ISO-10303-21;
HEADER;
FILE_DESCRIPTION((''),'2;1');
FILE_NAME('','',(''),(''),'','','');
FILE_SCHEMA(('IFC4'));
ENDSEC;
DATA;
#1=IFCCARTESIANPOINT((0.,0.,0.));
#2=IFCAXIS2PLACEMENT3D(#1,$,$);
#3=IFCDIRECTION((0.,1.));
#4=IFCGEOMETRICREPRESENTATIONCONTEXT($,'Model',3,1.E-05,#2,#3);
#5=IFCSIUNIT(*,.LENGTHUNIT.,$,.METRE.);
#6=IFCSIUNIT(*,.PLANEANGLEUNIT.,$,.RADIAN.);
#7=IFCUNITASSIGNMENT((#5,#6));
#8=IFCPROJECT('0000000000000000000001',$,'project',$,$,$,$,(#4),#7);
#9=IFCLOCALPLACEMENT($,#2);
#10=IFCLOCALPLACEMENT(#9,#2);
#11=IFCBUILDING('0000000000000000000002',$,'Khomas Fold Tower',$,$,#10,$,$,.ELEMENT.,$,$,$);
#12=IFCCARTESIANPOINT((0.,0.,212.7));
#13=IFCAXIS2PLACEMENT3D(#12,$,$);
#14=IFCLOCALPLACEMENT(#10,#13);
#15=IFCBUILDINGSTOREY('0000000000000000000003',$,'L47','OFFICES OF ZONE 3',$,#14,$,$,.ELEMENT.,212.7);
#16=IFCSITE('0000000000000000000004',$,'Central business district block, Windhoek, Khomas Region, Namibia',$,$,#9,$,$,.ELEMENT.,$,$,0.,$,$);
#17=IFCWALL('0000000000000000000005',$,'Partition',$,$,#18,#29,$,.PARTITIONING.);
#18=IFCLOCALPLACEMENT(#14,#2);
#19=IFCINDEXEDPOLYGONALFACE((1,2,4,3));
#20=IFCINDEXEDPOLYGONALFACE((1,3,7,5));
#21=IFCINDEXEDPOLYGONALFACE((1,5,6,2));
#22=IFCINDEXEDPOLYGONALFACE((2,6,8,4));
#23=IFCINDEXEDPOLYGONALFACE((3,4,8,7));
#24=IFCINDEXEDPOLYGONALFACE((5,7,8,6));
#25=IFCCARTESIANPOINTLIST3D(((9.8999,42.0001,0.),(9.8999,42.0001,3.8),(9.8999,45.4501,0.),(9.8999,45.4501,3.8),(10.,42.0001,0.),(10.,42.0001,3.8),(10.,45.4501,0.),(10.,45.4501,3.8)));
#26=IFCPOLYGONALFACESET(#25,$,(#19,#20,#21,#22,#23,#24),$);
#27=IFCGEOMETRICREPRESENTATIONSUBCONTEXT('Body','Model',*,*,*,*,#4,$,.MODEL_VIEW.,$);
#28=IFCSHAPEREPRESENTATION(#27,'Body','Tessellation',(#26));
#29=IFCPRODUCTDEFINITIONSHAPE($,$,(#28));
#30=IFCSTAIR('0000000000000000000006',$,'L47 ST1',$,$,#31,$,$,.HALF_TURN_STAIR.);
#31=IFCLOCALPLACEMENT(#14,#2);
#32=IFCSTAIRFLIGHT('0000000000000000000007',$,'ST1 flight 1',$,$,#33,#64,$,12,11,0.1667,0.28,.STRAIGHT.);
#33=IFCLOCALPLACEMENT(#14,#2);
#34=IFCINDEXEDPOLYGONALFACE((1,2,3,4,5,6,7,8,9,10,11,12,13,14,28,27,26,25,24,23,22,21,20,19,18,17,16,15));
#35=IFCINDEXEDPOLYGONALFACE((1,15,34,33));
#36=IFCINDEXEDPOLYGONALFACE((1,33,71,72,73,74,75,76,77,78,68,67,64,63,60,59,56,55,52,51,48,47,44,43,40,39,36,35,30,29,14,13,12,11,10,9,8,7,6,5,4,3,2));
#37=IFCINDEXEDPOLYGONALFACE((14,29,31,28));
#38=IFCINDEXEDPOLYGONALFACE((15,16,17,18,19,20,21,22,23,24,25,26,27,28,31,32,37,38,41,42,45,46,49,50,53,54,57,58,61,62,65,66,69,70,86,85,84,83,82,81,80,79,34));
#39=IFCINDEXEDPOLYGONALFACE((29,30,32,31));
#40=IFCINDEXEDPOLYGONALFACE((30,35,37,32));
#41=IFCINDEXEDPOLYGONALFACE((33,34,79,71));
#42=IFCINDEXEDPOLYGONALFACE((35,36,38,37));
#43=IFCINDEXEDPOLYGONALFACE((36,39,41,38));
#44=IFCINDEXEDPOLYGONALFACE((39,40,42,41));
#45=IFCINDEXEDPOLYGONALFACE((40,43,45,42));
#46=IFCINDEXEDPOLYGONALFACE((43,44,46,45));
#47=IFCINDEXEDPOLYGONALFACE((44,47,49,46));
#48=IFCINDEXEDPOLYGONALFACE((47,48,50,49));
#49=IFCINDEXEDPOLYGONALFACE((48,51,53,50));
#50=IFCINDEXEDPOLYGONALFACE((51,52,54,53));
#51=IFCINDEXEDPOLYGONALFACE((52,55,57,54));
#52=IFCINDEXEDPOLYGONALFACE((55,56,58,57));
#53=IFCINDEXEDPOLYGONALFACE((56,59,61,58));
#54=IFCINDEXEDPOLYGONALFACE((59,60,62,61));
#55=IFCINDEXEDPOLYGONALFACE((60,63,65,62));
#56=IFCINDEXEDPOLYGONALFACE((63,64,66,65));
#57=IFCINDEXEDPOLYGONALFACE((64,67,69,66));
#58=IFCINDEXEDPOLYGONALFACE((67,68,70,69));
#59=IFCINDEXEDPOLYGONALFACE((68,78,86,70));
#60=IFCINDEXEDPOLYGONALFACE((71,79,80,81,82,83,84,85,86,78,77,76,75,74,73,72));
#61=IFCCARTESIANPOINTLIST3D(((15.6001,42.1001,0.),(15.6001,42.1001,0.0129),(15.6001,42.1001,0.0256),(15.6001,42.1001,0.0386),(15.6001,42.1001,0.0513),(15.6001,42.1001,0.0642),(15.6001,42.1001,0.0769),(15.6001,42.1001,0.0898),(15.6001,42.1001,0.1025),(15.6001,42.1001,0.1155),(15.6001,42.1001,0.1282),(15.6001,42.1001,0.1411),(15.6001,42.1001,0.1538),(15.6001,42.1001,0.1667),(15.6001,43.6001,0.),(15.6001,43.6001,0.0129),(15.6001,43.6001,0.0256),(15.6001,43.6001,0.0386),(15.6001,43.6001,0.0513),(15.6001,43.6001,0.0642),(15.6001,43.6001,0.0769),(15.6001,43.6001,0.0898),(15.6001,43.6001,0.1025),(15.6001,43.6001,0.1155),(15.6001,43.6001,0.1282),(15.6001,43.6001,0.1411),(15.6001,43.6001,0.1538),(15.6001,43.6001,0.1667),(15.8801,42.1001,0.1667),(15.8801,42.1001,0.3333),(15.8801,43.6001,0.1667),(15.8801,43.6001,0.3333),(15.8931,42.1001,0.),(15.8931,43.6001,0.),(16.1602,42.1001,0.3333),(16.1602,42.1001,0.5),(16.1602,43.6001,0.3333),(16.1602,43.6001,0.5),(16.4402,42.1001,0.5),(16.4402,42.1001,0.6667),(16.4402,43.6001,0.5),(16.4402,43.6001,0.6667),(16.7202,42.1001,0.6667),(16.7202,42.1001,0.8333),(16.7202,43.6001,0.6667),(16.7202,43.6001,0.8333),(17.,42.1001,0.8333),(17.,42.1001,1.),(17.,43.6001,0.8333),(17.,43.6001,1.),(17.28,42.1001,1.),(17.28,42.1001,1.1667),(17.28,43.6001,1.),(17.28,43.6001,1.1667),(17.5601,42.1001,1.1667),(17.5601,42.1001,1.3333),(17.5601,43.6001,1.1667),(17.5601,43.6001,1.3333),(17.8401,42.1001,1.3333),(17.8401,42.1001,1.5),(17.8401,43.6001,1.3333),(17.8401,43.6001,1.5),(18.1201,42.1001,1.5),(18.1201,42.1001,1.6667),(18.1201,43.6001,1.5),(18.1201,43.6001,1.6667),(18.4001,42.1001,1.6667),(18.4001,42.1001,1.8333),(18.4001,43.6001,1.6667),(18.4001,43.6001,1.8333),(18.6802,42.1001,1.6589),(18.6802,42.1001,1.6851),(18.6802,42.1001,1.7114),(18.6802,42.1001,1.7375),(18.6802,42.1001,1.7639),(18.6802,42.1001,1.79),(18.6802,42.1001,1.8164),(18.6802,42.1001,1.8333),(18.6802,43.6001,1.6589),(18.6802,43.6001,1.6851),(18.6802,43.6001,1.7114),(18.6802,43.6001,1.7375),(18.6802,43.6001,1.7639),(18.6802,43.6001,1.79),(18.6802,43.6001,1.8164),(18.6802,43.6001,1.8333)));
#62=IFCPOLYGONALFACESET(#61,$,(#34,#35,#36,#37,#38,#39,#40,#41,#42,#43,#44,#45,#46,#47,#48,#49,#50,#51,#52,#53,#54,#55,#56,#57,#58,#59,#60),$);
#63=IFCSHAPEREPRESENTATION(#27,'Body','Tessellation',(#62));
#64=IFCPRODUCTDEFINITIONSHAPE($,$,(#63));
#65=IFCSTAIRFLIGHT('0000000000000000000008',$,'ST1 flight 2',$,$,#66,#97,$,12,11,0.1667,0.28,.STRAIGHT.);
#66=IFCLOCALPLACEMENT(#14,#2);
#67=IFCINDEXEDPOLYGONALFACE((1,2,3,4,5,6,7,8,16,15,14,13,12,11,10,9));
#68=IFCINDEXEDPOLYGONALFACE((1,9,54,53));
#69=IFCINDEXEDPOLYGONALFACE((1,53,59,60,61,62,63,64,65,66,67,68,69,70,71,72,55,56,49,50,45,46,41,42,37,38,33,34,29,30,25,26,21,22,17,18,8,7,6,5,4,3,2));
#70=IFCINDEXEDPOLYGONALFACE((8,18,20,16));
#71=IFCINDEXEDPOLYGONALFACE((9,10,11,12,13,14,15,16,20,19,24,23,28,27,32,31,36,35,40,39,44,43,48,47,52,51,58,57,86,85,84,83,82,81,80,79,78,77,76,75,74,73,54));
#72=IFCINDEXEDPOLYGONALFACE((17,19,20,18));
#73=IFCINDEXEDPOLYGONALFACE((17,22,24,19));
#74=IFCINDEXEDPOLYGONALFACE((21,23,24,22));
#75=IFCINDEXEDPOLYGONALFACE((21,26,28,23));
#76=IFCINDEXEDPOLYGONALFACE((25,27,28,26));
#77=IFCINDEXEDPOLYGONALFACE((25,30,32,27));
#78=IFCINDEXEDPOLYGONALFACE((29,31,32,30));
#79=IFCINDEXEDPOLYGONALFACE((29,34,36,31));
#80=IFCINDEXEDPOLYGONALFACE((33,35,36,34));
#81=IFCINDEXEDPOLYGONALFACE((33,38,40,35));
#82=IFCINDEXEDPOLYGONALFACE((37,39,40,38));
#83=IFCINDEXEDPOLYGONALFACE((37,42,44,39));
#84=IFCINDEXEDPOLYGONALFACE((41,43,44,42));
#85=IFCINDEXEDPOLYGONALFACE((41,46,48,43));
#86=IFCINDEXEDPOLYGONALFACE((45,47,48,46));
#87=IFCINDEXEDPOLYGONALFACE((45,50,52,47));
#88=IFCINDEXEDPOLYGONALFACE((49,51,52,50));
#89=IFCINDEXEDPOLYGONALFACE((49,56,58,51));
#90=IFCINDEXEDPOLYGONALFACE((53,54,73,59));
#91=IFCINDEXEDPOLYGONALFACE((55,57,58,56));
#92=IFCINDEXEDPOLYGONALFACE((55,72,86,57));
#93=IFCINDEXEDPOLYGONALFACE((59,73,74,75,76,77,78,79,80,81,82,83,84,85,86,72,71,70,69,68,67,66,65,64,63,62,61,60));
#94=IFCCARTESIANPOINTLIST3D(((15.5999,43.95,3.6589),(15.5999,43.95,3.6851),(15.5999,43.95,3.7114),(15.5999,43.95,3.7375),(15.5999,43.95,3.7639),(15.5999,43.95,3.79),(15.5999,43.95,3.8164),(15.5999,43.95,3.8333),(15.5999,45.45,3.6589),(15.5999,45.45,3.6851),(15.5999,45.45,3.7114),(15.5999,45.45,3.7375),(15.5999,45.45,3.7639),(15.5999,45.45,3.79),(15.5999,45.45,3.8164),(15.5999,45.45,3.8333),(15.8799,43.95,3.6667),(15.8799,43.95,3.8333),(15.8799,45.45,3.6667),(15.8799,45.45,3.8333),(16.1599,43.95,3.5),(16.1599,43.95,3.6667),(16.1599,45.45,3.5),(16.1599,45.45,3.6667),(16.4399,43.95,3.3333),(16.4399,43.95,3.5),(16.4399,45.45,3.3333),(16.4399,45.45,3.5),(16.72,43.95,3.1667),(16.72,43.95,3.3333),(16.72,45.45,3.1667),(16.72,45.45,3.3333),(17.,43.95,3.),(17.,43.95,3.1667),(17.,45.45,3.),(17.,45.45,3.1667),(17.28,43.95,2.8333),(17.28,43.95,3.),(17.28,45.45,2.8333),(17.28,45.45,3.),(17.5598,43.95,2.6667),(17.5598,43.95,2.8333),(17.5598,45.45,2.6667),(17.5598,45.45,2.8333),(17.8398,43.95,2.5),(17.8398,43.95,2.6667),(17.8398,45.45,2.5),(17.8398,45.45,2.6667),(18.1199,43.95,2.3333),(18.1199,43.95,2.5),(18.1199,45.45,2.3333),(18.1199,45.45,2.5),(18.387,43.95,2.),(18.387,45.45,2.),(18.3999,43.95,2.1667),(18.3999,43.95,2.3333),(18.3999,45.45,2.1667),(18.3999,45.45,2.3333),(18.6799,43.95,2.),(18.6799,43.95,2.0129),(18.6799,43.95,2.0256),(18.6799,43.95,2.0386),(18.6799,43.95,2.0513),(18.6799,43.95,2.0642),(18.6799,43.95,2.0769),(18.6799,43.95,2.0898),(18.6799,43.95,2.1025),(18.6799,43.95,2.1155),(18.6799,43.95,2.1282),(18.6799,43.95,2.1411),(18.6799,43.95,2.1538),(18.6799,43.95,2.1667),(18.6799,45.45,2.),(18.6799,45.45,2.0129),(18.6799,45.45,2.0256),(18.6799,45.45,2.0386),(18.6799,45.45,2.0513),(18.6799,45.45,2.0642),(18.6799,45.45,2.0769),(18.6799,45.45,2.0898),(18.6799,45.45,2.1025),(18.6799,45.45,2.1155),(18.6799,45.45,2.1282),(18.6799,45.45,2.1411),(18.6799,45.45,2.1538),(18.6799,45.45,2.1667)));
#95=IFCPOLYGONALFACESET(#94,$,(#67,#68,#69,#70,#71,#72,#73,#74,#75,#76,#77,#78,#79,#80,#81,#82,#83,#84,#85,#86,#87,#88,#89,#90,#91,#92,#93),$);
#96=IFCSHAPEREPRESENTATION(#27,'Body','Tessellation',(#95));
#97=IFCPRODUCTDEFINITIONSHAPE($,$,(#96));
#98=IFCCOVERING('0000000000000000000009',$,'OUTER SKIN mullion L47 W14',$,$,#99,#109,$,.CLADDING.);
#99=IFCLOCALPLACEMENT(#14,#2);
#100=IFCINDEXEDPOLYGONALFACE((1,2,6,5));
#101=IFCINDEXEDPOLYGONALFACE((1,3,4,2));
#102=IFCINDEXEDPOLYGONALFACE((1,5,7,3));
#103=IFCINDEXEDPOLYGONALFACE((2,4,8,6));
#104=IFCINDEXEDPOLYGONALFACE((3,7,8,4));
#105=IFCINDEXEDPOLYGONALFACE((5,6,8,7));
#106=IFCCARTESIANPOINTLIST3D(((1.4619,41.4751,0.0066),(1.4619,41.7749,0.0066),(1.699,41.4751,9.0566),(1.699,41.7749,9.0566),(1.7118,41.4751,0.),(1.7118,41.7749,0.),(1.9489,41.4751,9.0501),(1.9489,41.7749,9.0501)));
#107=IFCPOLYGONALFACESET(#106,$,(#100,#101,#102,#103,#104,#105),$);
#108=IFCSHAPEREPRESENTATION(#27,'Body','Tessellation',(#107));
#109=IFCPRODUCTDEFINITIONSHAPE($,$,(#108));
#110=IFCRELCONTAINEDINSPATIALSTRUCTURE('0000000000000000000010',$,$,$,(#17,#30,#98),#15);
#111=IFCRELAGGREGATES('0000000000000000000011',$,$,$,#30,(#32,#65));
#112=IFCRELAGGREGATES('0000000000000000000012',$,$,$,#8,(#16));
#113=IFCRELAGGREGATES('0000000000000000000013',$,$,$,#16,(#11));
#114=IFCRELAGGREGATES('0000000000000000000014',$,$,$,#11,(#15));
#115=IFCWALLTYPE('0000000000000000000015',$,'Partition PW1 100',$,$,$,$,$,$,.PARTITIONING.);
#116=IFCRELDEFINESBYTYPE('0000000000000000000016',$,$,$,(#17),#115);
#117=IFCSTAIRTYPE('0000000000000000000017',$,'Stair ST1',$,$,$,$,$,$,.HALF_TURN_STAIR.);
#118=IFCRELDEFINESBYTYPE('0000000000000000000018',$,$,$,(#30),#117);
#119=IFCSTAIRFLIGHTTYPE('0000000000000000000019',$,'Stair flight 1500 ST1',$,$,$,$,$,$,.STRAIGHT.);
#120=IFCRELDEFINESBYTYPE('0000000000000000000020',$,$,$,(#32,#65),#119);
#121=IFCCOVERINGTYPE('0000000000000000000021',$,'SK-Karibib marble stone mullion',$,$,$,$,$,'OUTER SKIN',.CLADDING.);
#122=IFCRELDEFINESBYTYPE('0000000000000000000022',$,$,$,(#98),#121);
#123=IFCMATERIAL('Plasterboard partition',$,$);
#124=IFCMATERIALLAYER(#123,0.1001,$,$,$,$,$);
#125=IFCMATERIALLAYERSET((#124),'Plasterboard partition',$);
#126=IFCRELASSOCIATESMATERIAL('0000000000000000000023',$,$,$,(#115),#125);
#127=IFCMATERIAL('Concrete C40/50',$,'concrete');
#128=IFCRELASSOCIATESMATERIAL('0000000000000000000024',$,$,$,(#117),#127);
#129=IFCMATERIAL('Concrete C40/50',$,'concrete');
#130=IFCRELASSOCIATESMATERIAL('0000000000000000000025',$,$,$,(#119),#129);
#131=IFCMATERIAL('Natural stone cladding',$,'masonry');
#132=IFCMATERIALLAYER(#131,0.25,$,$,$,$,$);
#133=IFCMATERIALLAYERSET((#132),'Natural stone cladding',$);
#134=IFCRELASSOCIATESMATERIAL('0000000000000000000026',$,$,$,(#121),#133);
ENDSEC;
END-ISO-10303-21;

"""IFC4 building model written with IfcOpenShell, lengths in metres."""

from ifc_helpers import new_model, si_unit, direction, frame, frame_2d, origin, place, context, subcontext, project, spatial, polyline, rectangle, outline, extrude, source, transform, mapped, material, layer, layer_set, type_object, element, aggregate, save


model = new_model("IFC4")

# Units and contexts
model_context = context("Model", 3, precision=1e-05, world=origin(), true_north=direction((0.0, 1.0)))
body_context = subcontext(model_context, "Body", "Model", "MODEL_VIEW")
ifc_project = project(units=[si_unit("LENGTHUNIT", "METRE"), si_unit("PLANEANGLEUNIT", "RADIAN")], contexts=[model_context])

# Site, building, storey
site_placement = place(None, origin())
site = spatial("IfcSite", under=ifc_project, at=site_placement, Name="Central business district block, Windhoek, Khomas Region, Namibia", CompositionType="ELEMENT", RefElevation=0.0)
building_placement = place(site_placement, origin())
building = spatial("IfcBuilding", under=site, at=building_placement, Name="Khomas Fold Tower", CompositionType="ELEMENT")
storey_placement = place(building_placement, frame((0.0, 0.0, 212.7)))
storey = spatial("IfcBuildingStorey", under=building, at=storey_placement, Name="L47", Description="OFFICES OF ZONE 3", CompositionType="ELEMENT", Elevation=212.7)

# Wall
ifc_material_1 = material(Name="Plasterboard partition")
ifc_layer_1 = layer(ifc_material_1, 0.1001)
ifc_layer_set_1 = layer_set([ifc_layer_1], Name="Plasterboard partition")
wall_type_1 = type_object("IfcWallType", Name="Partition PW1 100", PredefinedType="PARTITIONING", material=ifc_layer_set_1)
shared_shape_1 = source(origin(), body_context, "Body", "SweptSolid", [
    extrude(rectangle(XDim=3.45, YDim=0.1001, at=frame_2d((1.7251, 0.0))), origin(), (0.0, 0.0, 1.0), 3.8),
])
wall_1_placement = place(storey_placement, frame((9.95, 42.0, 0.0), z_axis=(0.0, 0.0, 1.0), x_axis=(0.0, 1.0, 0.0)))
element("IfcWall", 1, at=wall_1_placement, inside=storey, type_object=wall_type_1, Name="Partition", PredefinedType="PARTITIONING", context=body_context, shape_type="MappedRepresentation", body=[
    mapped(shared_shape_1, transform((0.0, 0.0, 0.0))),
])

# Stair, stair flights
ifc_material_2 = material(Name="Concrete C40/50", Category="concrete")
stair_type = type_object("IfcStairType", Name="Stair ST1", PredefinedType="HALF_TURN_STAIR", material=ifc_material_2)
stair_placement = place(storey_placement, origin())
stair = element("IfcStair", 2, at=stair_placement, inside=storey, type_object=stair_type, Name="L47 ST1", PredefinedType="HALF_TURN_STAIR")
ifc_material_3 = material(Name="Concrete C40/50", Category="concrete")
stair_flight_type = type_object("IfcStairFlightType", Name="Stair flight 1500 ST1", PredefinedType="STRAIGHT", material=ifc_material_3)
shared_shape_2 = source(origin(), body_context, "Body", "SweptSolid", [
    extrude(outline(polyline([(0.0, 0.0), (0.0, 0.0129), (0.0, 0.0256), (0.0, 0.0386), (0.0, 0.0513), (0.0, 0.0642), (0.0, 0.0769), (0.0, 0.0898), (0.0, 0.1025), (0.0, 0.1155), (0.0, 0.1282), (0.0, 0.1411), (0.0, 0.1538), (0.0, 0.1667), (0.28, 0.1667), (0.28, 0.3333), (0.5601, 0.3333), (0.5601, 0.5), (0.8401, 0.5), (0.8401, 0.6667), (1.1201, 0.6667), (1.1201, 0.8333), (1.3999, 0.8333), (1.3999, 1.0), (1.6799, 1.0), (1.6799, 1.1667), (1.96, 1.1667), (1.96, 1.3333), (2.24, 1.3333), (2.24, 1.5), (2.52, 1.5), (2.52, 1.6667), (2.8, 1.6667), (2.8, 1.8333), (3.0801, 1.8333), (3.0801, 2.0), (3.0801, 1.9739), (3.0801, 1.9475), (3.0801, 1.9214), (3.0801, 1.895), (3.0801, 1.8689), (3.0801, 1.8425), (3.0801, 1.8164), (3.0801, 1.79), (3.0801, 1.7639), (3.0801, 1.7375), (3.0801, 1.7114), (3.0801, 1.6851), (3.0801, 1.6589), (0.293, 0.0), (0.0, 0.0)])), frame((0.0, 0.75, 0.0), z_axis=(0.0, -1.0, 0.0), x_axis=(1.0, 0.0, 0.0)), (0.0, 0.0, 1.0), 1.5),
])
stair_flight_1_placement = place(storey_placement, frame((15.6001, 42.8501, 0.0), z_axis=(0.0, 0.0, 1.0), x_axis=(1.0, 0.0, 0.0)))
stair_flight_1 = element("IfcStairFlight", 3, at=stair_flight_1_placement, type_object=stair_flight_type, Name="ST1 flight 1", NumberOfRisers=12, NumberOfTreads=11, PredefinedType="STRAIGHT", RiserHeight=0.1667, TreadLength=0.28, context=body_context, shape_type="MappedRepresentation", body=[
    mapped(shared_shape_2, transform((0.0, 0.0, 0.0))),
])
stair_flight_2_placement = place(storey_placement, frame((18.6799, 44.7, 2.0), z_axis=(0.0, 0.0, 1.0), x_axis=(-1.0, 0.0, 0.0)))
stair_flight_2 = element("IfcStairFlight", 4, at=stair_flight_2_placement, type_object=stair_flight_type, Name="ST1 flight 2", NumberOfRisers=12, NumberOfTreads=11, PredefinedType="STRAIGHT", RiserHeight=0.1667, TreadLength=0.28, context=body_context, shape_type="MappedRepresentation", body=[
    mapped(shared_shape_2, transform((0.0, 0.0, 0.0))),
])
aggregate(stair, [stair_flight_1, stair_flight_2])

# Covering
ifc_material_4 = material(Name="Natural stone cladding", Category="masonry")
ifc_layer_2 = layer(ifc_material_4, 0.25)
ifc_layer_set_2 = layer_set([ifc_layer_2], Name="Natural stone cladding")
covering_type = type_object("IfcCoveringType", Name="SK-Karibib marble stone mullion", ElementType="OUTER SKIN", PredefinedType="CLADDING", material=ifc_layer_set_2)
covering_placement = place(storey_placement, frame((1.4619, 41.4751, 0.0066), z_axis=(-0.999657, 0.0, 0.026185), x_axis=(0.0, 1.0, 0.0)))
element("IfcCovering", 5, at=covering_placement, inside=storey, type_object=covering_type, Name="OUTER SKIN mullion L47 W14", PredefinedType="CLADDING", context=body_context, shape_type="SweptSolid", body=[
    extrude(outline(polyline([(0.0, 0.0), (0.2998, 0.0), (0.2998, -9.0532), (0.0, -9.0532), (0.0, 0.0)])), origin(), (0.0, 0.0, -1.0), 0.25),
])

save(model, "model.ifc")
